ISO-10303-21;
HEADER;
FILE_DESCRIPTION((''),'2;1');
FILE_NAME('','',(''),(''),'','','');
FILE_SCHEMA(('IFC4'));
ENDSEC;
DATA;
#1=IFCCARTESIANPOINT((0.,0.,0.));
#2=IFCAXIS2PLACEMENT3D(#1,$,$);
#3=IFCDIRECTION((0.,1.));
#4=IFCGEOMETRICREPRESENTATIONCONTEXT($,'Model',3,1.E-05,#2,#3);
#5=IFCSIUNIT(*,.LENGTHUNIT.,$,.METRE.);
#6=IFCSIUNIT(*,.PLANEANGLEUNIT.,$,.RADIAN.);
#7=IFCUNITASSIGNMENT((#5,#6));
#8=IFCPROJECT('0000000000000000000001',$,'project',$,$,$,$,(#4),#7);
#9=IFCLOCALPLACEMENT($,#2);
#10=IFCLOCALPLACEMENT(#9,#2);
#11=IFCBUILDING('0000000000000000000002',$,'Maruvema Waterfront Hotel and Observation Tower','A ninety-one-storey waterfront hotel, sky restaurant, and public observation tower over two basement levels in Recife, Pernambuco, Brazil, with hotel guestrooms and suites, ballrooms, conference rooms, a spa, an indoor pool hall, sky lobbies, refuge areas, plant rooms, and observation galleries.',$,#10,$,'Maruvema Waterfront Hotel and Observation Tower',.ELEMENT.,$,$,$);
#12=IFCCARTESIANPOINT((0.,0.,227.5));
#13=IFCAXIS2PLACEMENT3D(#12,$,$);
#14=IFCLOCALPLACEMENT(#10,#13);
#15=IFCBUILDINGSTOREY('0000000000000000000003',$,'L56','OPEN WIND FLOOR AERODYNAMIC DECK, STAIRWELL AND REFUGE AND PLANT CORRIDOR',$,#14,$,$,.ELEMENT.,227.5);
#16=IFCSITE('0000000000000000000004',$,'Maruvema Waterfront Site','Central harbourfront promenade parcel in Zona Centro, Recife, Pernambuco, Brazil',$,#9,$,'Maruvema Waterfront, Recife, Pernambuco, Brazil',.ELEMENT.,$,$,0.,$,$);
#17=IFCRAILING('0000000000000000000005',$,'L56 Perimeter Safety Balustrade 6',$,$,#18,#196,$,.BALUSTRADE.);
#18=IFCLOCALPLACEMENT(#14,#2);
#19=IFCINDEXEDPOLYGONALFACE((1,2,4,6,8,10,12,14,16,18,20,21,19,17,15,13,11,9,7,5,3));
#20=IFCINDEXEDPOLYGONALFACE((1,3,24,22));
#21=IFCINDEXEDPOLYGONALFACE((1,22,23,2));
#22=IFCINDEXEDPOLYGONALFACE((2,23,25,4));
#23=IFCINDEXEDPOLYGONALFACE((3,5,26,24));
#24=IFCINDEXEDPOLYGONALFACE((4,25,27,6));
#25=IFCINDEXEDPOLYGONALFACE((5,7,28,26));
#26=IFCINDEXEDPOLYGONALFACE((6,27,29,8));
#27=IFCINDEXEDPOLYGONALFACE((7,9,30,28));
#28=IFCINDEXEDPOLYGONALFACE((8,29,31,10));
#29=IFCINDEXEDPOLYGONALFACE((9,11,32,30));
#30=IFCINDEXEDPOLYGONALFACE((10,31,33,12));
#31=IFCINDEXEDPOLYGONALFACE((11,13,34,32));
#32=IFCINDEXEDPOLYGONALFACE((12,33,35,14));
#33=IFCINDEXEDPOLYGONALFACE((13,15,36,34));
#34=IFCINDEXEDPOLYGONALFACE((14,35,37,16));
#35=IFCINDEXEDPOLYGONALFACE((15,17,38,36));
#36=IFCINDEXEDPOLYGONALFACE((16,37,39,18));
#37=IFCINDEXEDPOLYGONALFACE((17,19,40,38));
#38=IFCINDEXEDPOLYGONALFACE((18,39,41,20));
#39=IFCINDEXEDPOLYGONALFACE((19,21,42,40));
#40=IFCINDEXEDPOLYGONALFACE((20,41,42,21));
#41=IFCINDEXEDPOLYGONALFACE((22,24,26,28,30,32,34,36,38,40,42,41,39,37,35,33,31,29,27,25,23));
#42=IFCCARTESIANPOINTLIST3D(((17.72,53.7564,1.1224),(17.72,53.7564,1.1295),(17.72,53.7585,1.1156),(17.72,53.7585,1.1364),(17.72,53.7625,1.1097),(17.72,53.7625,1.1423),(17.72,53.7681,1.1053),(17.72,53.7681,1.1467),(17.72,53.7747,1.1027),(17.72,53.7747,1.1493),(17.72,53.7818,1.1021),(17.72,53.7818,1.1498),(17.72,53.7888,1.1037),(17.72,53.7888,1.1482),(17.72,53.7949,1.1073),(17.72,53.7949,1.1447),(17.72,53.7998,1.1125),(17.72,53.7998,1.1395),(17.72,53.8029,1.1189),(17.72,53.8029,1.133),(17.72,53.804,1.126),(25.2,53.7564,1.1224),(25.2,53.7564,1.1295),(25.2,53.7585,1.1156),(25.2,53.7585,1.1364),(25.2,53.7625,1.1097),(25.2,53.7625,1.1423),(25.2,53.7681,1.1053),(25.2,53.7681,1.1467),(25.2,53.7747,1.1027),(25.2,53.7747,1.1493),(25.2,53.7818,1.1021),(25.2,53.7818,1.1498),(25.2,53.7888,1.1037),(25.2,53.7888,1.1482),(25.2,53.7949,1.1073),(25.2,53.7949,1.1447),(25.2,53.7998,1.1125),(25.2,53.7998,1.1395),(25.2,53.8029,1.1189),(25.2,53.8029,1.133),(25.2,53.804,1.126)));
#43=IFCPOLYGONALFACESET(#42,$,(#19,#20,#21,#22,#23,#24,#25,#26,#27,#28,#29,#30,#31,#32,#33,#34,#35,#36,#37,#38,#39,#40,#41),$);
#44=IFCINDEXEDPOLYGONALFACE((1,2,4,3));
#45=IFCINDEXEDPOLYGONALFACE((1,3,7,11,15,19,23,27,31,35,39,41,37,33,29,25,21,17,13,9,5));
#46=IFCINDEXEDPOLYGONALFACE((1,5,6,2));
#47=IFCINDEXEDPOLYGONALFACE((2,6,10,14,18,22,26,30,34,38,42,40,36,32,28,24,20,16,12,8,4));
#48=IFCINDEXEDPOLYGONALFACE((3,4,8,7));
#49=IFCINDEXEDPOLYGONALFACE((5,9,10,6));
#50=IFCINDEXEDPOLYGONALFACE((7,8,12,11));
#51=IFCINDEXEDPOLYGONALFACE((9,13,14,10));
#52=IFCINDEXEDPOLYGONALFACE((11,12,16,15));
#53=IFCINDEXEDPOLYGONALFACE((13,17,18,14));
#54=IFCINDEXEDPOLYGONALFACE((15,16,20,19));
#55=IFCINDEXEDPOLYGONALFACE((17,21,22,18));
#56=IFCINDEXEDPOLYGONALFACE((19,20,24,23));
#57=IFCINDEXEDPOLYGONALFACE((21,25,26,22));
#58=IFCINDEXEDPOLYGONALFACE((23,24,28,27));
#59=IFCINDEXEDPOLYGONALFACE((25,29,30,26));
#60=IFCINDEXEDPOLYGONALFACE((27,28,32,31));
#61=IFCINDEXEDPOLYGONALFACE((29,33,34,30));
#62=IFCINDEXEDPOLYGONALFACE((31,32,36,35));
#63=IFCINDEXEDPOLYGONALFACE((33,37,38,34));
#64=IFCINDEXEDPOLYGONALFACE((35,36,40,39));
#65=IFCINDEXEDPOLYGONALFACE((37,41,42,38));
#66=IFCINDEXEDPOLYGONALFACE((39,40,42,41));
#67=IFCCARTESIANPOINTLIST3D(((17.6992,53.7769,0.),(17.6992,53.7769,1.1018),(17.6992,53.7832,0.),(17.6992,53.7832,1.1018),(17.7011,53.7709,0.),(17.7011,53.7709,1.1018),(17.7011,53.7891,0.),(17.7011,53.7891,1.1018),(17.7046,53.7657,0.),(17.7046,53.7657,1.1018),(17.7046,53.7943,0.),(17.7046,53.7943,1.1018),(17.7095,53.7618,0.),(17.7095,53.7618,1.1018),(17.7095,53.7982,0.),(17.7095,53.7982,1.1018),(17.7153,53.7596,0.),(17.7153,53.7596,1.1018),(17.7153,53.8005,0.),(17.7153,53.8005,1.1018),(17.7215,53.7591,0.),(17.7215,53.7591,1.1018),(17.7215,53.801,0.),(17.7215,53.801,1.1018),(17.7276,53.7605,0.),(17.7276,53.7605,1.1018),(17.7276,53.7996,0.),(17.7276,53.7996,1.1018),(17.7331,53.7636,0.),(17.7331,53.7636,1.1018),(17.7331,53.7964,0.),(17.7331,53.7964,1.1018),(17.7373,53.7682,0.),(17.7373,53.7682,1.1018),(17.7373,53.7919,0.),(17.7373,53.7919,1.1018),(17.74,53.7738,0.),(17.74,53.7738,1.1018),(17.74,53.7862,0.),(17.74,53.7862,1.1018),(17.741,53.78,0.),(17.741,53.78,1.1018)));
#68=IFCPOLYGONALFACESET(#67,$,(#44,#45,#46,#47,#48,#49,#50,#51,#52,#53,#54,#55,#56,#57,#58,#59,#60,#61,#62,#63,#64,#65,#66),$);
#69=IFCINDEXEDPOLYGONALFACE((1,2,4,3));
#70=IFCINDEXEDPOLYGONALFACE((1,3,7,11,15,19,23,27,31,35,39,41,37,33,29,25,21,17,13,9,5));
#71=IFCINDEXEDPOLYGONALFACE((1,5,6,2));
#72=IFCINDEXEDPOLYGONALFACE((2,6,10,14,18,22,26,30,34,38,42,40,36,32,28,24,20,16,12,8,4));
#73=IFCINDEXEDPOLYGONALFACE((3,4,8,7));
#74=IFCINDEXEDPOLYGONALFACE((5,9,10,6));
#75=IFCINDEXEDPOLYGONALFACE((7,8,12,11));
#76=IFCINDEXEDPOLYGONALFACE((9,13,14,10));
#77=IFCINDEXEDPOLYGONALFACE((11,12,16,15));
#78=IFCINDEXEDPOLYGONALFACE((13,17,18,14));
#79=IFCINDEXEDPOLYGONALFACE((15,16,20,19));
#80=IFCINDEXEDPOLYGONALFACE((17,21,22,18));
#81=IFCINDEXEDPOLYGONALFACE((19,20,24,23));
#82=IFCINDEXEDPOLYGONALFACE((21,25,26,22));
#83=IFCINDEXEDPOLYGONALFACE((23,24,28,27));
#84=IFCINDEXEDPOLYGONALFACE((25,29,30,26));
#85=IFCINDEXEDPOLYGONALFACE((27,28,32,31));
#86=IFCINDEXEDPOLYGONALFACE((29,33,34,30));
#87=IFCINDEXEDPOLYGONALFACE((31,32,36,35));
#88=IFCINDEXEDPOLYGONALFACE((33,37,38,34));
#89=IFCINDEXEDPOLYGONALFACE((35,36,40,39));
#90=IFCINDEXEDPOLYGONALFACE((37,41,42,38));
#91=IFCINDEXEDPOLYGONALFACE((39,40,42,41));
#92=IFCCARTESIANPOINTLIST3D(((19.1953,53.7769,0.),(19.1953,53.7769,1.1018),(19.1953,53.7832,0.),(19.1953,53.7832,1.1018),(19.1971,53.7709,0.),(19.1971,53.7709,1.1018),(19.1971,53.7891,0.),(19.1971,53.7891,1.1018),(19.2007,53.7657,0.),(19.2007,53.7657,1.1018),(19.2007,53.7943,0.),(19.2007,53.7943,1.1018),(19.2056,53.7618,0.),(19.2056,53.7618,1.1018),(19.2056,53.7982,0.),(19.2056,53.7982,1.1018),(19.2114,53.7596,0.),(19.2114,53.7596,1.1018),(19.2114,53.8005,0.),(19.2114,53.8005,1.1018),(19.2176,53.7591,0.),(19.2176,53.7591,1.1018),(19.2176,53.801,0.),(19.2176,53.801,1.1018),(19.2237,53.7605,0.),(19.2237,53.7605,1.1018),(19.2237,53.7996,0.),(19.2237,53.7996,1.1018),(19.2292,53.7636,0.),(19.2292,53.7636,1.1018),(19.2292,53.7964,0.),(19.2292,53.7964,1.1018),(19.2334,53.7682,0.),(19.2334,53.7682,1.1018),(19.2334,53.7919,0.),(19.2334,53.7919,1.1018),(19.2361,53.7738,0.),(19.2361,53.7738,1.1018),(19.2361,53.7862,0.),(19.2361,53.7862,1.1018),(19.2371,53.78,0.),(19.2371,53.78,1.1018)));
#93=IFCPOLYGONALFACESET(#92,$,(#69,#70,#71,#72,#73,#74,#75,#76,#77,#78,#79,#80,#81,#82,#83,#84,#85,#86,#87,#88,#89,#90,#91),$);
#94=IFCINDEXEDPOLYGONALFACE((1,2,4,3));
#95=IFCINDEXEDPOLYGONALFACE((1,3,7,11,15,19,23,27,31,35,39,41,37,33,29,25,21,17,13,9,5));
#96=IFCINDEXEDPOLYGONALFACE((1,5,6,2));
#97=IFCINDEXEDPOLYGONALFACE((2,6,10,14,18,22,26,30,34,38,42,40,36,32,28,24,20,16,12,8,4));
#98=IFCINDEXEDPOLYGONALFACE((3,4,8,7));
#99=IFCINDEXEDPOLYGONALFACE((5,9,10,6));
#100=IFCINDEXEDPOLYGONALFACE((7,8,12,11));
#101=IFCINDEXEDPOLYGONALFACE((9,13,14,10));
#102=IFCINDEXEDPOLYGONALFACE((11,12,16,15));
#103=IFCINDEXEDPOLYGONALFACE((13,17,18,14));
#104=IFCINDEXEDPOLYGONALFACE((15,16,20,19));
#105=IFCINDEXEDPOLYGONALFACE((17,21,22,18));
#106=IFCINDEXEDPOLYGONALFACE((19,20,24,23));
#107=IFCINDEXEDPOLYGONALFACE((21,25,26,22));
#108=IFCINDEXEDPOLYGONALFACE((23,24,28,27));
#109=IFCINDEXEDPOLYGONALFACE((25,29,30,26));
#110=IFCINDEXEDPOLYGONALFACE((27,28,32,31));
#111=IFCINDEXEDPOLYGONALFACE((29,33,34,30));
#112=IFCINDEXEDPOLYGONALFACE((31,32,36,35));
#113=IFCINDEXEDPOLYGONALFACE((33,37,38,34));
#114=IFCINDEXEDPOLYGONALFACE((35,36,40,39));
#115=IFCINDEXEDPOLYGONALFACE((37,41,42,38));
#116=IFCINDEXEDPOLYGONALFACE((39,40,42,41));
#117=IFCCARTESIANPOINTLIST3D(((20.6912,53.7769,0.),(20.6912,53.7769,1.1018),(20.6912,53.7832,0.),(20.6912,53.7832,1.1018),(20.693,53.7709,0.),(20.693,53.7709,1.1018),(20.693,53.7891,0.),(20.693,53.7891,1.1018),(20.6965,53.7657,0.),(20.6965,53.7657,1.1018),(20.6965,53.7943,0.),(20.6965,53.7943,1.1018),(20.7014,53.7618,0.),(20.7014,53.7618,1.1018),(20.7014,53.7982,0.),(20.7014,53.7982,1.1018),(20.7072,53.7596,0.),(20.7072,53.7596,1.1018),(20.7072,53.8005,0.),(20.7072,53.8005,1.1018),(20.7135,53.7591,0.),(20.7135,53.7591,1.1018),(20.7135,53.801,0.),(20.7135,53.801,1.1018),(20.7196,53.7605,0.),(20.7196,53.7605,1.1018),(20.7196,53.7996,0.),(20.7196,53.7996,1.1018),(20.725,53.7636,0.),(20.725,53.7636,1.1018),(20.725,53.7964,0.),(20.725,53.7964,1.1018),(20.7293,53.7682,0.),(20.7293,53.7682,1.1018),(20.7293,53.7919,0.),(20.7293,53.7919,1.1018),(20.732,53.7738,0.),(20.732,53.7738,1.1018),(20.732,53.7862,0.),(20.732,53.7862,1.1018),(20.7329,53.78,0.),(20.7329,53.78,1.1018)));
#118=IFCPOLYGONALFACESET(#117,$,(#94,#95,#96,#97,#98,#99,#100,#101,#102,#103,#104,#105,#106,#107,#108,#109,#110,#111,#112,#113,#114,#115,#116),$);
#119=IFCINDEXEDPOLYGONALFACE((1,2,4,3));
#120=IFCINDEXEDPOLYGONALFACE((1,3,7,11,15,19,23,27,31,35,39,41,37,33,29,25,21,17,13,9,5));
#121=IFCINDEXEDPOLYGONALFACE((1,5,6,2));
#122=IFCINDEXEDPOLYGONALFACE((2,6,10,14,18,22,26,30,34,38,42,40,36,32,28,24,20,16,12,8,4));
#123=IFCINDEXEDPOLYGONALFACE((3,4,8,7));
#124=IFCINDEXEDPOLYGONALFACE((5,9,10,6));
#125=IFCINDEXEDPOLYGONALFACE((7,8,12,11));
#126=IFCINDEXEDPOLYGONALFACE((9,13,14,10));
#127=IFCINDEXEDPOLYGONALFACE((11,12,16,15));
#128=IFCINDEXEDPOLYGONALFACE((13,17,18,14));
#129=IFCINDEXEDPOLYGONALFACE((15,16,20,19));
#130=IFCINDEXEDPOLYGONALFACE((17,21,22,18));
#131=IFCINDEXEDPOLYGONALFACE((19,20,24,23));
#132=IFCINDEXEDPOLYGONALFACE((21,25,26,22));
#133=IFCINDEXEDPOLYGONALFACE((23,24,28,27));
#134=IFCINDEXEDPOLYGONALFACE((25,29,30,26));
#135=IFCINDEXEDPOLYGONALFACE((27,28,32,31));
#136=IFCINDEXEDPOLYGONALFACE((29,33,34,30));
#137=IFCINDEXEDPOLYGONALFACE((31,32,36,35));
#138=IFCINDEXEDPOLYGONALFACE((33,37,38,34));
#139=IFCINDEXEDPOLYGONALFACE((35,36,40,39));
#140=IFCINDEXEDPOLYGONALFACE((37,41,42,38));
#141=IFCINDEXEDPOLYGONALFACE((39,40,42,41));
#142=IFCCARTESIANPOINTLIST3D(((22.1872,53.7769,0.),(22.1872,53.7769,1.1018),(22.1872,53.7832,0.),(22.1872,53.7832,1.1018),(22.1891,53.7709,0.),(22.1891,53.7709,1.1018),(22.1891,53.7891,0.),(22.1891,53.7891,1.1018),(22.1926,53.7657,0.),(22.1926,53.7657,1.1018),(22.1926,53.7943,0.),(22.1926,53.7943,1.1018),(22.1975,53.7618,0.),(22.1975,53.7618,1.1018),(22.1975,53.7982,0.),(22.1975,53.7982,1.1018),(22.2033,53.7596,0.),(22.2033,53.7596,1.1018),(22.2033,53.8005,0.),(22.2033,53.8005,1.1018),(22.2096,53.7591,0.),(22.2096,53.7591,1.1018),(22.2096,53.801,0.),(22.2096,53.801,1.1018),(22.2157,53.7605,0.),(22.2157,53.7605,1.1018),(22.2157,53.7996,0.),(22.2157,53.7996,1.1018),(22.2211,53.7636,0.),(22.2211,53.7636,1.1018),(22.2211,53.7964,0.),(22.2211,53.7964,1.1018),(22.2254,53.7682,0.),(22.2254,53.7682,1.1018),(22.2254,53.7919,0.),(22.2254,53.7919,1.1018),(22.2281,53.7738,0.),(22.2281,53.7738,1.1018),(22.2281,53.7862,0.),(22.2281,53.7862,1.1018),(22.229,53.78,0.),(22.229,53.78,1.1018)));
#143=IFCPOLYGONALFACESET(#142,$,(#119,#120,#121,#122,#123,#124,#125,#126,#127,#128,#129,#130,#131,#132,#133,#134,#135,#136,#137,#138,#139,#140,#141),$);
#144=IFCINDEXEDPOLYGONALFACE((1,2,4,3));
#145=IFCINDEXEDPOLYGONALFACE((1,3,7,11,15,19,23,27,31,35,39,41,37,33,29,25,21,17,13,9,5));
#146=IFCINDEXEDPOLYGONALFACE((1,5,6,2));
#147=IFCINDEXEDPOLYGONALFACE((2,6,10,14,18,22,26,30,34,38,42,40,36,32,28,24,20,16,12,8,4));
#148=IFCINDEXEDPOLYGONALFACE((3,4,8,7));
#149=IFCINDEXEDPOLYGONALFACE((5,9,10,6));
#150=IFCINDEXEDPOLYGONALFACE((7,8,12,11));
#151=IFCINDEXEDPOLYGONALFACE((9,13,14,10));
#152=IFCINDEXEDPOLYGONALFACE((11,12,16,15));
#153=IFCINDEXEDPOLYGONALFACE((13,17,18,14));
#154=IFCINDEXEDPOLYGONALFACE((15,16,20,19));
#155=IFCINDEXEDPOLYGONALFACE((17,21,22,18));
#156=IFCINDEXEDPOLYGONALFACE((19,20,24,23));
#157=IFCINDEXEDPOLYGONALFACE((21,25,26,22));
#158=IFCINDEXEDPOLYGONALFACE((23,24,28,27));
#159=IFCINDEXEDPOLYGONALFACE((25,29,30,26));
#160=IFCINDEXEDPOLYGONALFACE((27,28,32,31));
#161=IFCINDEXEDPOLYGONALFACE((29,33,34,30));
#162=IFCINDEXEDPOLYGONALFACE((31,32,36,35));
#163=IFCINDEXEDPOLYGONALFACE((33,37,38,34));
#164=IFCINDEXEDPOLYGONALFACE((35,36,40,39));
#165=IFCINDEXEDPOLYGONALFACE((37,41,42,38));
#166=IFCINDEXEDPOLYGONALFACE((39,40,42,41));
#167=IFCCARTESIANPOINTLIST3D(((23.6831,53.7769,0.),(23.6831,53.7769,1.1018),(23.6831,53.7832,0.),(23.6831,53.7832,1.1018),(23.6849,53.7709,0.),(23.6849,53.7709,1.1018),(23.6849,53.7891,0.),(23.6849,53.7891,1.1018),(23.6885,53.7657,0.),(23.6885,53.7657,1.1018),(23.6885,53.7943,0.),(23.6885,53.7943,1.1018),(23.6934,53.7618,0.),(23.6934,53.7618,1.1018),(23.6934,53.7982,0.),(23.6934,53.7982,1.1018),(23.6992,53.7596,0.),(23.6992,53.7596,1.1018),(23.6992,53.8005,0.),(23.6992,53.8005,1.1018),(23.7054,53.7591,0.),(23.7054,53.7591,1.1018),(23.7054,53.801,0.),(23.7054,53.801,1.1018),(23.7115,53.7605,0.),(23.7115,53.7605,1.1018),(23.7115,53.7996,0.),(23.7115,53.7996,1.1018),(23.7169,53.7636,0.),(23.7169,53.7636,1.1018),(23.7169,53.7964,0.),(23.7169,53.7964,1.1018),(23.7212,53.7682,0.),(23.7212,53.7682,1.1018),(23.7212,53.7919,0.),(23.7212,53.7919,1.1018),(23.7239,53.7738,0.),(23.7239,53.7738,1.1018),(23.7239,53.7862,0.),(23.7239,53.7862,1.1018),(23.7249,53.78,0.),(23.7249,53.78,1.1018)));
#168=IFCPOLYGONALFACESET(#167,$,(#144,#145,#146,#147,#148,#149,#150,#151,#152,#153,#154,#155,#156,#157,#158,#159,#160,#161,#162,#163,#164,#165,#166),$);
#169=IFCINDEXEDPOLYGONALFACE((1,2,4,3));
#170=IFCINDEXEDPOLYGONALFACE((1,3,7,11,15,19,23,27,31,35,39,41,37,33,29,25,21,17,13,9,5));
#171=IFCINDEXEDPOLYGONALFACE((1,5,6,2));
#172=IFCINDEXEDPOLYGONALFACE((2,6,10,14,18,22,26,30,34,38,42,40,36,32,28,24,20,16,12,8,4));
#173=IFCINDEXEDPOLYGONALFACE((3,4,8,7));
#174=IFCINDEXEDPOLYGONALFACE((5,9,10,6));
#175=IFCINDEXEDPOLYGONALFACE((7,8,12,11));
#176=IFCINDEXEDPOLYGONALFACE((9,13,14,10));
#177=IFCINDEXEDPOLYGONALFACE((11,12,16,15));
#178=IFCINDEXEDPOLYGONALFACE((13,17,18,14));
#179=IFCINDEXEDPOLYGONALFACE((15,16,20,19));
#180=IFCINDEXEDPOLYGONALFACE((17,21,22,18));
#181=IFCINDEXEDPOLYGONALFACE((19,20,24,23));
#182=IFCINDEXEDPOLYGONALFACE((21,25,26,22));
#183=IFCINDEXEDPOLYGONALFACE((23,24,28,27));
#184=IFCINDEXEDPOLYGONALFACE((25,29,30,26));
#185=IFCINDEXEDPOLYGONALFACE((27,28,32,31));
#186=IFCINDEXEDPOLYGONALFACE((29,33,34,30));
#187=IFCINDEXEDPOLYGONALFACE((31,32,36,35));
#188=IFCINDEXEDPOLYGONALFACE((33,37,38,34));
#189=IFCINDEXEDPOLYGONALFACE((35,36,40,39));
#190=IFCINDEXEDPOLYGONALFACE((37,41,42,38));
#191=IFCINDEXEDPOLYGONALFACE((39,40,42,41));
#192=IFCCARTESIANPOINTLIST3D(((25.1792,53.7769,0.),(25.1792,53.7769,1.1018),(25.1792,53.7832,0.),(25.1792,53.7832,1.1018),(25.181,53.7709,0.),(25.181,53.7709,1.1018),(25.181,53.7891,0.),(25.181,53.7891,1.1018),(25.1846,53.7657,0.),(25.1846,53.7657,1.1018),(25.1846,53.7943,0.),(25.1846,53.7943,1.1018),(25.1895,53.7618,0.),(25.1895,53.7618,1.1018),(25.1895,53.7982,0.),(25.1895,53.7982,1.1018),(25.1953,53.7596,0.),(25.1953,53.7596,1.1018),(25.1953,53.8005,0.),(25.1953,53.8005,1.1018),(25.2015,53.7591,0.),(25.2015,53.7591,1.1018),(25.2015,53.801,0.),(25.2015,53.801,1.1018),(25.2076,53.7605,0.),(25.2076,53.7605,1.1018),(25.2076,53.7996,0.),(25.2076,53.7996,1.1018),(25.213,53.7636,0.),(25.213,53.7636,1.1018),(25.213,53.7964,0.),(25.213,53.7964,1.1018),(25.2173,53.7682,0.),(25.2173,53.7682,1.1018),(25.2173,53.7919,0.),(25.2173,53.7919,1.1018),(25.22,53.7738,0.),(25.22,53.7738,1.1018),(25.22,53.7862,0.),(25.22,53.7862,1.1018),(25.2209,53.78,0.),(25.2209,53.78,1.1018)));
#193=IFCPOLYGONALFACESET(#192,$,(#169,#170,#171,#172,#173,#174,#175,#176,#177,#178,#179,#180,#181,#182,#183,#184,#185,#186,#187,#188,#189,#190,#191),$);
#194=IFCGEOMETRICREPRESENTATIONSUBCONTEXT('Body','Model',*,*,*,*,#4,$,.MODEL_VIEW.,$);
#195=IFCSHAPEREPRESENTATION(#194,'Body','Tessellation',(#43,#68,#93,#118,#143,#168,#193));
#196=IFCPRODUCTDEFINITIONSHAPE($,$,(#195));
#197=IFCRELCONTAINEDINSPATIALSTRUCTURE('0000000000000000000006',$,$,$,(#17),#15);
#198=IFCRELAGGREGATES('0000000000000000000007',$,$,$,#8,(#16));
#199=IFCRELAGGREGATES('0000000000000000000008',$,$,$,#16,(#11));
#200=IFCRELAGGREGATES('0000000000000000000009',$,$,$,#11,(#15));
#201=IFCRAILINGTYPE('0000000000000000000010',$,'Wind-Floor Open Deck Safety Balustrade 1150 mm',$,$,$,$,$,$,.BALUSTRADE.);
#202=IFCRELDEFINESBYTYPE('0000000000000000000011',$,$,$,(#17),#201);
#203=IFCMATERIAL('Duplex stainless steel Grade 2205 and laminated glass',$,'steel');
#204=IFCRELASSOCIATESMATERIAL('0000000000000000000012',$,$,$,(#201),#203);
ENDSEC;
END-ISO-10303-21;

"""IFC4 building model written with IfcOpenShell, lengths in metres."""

from ifc_helpers import new_model, si_unit, direction, frame, origin, origin_2d, place, context, subcontext, project, spatial, circle, extrude, material, type_object, element, save


model = new_model("IFC4")

# Units and contexts
model_context = context("Model", 3, precision=1e-05, world=origin(), true_north=direction((0.0, 1.0)))
body_context = subcontext(model_context, "Body", "Model", "MODEL_VIEW")
ifc_project = project(units=[si_unit("LENGTHUNIT", "METRE"), si_unit("PLANEANGLEUNIT", "RADIAN")], contexts=[model_context])

# Site, building, storey
site_placement = place(None, origin())
site = spatial("IfcSite", under=ifc_project, at=site_placement, Name="Maruvema Waterfront Site", Description="Central harbourfront promenade parcel in Zona Centro, Recife, Pernambuco, Brazil", LongName="Maruvema Waterfront, Recife, Pernambuco, Brazil", CompositionType="ELEMENT", RefElevation=0.0)
building_placement = place(site_placement, origin())
building = spatial("IfcBuilding", under=site, at=building_placement, Name="Maruvema Waterfront Hotel and Observation Tower", Description="A ninety-one-storey waterfront hotel, sky restaurant, and public observation tower over two basement levels in Recife, Pernambuco, Brazil, with hotel guestrooms and suites, ballrooms, conference rooms, a spa, an indoor pool hall, sky lobbies, refuge areas, plant rooms, and observation galleries.", LongName="Maruvema Waterfront Hotel and Observation Tower", CompositionType="ELEMENT")
storey_placement = place(building_placement, frame((0.0, 0.0, 227.5)))
storey = spatial("IfcBuildingStorey", under=building, at=storey_placement, Name="L56", Description="OPEN WIND FLOOR AERODYNAMIC DECK, STAIRWELL AND REFUGE AND PLANT CORRIDOR", CompositionType="ELEMENT", Elevation=227.5)

# Railing
ifc_material_1 = material(Name="Duplex stainless steel Grade 2205 and laminated glass", Category="steel")
railing_type = type_object("IfcRailingType", Name="Wind-Floor Open Deck Safety Balustrade 1150 mm", PredefinedType="BALUSTRADE", material=ifc_material_1)
railing_1_placement = place(storey_placement, frame((17.72, 53.78, 0.0)))
element("IfcRailing", 1, at=railing_1_placement, inside=storey, type_object=railing_type, Name="L56 Perimeter Safety Balustrade 6", PredefinedType="BALUSTRADE", context=body_context, shape_type="SweptSolid", body=[
    extrude(circle(Radius=0.0239, at=origin_2d()), frame((0.0, 0.0, 1.126), z_axis=(1.0, 0.0, 0.0), x_axis=(0.0, 1.0, 0.0)), (0.0, 0.0, 1.0), 7.48),
    extrude(circle(Radius=0.021, at=origin_2d()), origin(), (0.0, 0.0, 1.0), 1.1018),
    extrude(circle(Radius=0.021, at=origin_2d()), frame((1.4961, 0.0, 0.0)), (0.0, 0.0, 1.0), 1.1018),
    extrude(circle(Radius=0.021, at=origin_2d()), frame((2.9919, 0.0, 0.0)), (0.0, 0.0, 1.0), 1.1018),
    extrude(circle(Radius=0.021, at=origin_2d()), frame((4.488, 0.0, 0.0)), (0.0, 0.0, 1.0), 1.1018),
    extrude(circle(Radius=0.021, at=origin_2d()), frame((5.9839, 0.0, 0.0)), (0.0, 0.0, 1.0), 1.1018),
    extrude(circle(Radius=0.021, at=origin_2d()), frame((7.48, 0.0, 0.0)), (0.0, 0.0, 1.0), 1.1018),
])

save(model, "model.ifc")
